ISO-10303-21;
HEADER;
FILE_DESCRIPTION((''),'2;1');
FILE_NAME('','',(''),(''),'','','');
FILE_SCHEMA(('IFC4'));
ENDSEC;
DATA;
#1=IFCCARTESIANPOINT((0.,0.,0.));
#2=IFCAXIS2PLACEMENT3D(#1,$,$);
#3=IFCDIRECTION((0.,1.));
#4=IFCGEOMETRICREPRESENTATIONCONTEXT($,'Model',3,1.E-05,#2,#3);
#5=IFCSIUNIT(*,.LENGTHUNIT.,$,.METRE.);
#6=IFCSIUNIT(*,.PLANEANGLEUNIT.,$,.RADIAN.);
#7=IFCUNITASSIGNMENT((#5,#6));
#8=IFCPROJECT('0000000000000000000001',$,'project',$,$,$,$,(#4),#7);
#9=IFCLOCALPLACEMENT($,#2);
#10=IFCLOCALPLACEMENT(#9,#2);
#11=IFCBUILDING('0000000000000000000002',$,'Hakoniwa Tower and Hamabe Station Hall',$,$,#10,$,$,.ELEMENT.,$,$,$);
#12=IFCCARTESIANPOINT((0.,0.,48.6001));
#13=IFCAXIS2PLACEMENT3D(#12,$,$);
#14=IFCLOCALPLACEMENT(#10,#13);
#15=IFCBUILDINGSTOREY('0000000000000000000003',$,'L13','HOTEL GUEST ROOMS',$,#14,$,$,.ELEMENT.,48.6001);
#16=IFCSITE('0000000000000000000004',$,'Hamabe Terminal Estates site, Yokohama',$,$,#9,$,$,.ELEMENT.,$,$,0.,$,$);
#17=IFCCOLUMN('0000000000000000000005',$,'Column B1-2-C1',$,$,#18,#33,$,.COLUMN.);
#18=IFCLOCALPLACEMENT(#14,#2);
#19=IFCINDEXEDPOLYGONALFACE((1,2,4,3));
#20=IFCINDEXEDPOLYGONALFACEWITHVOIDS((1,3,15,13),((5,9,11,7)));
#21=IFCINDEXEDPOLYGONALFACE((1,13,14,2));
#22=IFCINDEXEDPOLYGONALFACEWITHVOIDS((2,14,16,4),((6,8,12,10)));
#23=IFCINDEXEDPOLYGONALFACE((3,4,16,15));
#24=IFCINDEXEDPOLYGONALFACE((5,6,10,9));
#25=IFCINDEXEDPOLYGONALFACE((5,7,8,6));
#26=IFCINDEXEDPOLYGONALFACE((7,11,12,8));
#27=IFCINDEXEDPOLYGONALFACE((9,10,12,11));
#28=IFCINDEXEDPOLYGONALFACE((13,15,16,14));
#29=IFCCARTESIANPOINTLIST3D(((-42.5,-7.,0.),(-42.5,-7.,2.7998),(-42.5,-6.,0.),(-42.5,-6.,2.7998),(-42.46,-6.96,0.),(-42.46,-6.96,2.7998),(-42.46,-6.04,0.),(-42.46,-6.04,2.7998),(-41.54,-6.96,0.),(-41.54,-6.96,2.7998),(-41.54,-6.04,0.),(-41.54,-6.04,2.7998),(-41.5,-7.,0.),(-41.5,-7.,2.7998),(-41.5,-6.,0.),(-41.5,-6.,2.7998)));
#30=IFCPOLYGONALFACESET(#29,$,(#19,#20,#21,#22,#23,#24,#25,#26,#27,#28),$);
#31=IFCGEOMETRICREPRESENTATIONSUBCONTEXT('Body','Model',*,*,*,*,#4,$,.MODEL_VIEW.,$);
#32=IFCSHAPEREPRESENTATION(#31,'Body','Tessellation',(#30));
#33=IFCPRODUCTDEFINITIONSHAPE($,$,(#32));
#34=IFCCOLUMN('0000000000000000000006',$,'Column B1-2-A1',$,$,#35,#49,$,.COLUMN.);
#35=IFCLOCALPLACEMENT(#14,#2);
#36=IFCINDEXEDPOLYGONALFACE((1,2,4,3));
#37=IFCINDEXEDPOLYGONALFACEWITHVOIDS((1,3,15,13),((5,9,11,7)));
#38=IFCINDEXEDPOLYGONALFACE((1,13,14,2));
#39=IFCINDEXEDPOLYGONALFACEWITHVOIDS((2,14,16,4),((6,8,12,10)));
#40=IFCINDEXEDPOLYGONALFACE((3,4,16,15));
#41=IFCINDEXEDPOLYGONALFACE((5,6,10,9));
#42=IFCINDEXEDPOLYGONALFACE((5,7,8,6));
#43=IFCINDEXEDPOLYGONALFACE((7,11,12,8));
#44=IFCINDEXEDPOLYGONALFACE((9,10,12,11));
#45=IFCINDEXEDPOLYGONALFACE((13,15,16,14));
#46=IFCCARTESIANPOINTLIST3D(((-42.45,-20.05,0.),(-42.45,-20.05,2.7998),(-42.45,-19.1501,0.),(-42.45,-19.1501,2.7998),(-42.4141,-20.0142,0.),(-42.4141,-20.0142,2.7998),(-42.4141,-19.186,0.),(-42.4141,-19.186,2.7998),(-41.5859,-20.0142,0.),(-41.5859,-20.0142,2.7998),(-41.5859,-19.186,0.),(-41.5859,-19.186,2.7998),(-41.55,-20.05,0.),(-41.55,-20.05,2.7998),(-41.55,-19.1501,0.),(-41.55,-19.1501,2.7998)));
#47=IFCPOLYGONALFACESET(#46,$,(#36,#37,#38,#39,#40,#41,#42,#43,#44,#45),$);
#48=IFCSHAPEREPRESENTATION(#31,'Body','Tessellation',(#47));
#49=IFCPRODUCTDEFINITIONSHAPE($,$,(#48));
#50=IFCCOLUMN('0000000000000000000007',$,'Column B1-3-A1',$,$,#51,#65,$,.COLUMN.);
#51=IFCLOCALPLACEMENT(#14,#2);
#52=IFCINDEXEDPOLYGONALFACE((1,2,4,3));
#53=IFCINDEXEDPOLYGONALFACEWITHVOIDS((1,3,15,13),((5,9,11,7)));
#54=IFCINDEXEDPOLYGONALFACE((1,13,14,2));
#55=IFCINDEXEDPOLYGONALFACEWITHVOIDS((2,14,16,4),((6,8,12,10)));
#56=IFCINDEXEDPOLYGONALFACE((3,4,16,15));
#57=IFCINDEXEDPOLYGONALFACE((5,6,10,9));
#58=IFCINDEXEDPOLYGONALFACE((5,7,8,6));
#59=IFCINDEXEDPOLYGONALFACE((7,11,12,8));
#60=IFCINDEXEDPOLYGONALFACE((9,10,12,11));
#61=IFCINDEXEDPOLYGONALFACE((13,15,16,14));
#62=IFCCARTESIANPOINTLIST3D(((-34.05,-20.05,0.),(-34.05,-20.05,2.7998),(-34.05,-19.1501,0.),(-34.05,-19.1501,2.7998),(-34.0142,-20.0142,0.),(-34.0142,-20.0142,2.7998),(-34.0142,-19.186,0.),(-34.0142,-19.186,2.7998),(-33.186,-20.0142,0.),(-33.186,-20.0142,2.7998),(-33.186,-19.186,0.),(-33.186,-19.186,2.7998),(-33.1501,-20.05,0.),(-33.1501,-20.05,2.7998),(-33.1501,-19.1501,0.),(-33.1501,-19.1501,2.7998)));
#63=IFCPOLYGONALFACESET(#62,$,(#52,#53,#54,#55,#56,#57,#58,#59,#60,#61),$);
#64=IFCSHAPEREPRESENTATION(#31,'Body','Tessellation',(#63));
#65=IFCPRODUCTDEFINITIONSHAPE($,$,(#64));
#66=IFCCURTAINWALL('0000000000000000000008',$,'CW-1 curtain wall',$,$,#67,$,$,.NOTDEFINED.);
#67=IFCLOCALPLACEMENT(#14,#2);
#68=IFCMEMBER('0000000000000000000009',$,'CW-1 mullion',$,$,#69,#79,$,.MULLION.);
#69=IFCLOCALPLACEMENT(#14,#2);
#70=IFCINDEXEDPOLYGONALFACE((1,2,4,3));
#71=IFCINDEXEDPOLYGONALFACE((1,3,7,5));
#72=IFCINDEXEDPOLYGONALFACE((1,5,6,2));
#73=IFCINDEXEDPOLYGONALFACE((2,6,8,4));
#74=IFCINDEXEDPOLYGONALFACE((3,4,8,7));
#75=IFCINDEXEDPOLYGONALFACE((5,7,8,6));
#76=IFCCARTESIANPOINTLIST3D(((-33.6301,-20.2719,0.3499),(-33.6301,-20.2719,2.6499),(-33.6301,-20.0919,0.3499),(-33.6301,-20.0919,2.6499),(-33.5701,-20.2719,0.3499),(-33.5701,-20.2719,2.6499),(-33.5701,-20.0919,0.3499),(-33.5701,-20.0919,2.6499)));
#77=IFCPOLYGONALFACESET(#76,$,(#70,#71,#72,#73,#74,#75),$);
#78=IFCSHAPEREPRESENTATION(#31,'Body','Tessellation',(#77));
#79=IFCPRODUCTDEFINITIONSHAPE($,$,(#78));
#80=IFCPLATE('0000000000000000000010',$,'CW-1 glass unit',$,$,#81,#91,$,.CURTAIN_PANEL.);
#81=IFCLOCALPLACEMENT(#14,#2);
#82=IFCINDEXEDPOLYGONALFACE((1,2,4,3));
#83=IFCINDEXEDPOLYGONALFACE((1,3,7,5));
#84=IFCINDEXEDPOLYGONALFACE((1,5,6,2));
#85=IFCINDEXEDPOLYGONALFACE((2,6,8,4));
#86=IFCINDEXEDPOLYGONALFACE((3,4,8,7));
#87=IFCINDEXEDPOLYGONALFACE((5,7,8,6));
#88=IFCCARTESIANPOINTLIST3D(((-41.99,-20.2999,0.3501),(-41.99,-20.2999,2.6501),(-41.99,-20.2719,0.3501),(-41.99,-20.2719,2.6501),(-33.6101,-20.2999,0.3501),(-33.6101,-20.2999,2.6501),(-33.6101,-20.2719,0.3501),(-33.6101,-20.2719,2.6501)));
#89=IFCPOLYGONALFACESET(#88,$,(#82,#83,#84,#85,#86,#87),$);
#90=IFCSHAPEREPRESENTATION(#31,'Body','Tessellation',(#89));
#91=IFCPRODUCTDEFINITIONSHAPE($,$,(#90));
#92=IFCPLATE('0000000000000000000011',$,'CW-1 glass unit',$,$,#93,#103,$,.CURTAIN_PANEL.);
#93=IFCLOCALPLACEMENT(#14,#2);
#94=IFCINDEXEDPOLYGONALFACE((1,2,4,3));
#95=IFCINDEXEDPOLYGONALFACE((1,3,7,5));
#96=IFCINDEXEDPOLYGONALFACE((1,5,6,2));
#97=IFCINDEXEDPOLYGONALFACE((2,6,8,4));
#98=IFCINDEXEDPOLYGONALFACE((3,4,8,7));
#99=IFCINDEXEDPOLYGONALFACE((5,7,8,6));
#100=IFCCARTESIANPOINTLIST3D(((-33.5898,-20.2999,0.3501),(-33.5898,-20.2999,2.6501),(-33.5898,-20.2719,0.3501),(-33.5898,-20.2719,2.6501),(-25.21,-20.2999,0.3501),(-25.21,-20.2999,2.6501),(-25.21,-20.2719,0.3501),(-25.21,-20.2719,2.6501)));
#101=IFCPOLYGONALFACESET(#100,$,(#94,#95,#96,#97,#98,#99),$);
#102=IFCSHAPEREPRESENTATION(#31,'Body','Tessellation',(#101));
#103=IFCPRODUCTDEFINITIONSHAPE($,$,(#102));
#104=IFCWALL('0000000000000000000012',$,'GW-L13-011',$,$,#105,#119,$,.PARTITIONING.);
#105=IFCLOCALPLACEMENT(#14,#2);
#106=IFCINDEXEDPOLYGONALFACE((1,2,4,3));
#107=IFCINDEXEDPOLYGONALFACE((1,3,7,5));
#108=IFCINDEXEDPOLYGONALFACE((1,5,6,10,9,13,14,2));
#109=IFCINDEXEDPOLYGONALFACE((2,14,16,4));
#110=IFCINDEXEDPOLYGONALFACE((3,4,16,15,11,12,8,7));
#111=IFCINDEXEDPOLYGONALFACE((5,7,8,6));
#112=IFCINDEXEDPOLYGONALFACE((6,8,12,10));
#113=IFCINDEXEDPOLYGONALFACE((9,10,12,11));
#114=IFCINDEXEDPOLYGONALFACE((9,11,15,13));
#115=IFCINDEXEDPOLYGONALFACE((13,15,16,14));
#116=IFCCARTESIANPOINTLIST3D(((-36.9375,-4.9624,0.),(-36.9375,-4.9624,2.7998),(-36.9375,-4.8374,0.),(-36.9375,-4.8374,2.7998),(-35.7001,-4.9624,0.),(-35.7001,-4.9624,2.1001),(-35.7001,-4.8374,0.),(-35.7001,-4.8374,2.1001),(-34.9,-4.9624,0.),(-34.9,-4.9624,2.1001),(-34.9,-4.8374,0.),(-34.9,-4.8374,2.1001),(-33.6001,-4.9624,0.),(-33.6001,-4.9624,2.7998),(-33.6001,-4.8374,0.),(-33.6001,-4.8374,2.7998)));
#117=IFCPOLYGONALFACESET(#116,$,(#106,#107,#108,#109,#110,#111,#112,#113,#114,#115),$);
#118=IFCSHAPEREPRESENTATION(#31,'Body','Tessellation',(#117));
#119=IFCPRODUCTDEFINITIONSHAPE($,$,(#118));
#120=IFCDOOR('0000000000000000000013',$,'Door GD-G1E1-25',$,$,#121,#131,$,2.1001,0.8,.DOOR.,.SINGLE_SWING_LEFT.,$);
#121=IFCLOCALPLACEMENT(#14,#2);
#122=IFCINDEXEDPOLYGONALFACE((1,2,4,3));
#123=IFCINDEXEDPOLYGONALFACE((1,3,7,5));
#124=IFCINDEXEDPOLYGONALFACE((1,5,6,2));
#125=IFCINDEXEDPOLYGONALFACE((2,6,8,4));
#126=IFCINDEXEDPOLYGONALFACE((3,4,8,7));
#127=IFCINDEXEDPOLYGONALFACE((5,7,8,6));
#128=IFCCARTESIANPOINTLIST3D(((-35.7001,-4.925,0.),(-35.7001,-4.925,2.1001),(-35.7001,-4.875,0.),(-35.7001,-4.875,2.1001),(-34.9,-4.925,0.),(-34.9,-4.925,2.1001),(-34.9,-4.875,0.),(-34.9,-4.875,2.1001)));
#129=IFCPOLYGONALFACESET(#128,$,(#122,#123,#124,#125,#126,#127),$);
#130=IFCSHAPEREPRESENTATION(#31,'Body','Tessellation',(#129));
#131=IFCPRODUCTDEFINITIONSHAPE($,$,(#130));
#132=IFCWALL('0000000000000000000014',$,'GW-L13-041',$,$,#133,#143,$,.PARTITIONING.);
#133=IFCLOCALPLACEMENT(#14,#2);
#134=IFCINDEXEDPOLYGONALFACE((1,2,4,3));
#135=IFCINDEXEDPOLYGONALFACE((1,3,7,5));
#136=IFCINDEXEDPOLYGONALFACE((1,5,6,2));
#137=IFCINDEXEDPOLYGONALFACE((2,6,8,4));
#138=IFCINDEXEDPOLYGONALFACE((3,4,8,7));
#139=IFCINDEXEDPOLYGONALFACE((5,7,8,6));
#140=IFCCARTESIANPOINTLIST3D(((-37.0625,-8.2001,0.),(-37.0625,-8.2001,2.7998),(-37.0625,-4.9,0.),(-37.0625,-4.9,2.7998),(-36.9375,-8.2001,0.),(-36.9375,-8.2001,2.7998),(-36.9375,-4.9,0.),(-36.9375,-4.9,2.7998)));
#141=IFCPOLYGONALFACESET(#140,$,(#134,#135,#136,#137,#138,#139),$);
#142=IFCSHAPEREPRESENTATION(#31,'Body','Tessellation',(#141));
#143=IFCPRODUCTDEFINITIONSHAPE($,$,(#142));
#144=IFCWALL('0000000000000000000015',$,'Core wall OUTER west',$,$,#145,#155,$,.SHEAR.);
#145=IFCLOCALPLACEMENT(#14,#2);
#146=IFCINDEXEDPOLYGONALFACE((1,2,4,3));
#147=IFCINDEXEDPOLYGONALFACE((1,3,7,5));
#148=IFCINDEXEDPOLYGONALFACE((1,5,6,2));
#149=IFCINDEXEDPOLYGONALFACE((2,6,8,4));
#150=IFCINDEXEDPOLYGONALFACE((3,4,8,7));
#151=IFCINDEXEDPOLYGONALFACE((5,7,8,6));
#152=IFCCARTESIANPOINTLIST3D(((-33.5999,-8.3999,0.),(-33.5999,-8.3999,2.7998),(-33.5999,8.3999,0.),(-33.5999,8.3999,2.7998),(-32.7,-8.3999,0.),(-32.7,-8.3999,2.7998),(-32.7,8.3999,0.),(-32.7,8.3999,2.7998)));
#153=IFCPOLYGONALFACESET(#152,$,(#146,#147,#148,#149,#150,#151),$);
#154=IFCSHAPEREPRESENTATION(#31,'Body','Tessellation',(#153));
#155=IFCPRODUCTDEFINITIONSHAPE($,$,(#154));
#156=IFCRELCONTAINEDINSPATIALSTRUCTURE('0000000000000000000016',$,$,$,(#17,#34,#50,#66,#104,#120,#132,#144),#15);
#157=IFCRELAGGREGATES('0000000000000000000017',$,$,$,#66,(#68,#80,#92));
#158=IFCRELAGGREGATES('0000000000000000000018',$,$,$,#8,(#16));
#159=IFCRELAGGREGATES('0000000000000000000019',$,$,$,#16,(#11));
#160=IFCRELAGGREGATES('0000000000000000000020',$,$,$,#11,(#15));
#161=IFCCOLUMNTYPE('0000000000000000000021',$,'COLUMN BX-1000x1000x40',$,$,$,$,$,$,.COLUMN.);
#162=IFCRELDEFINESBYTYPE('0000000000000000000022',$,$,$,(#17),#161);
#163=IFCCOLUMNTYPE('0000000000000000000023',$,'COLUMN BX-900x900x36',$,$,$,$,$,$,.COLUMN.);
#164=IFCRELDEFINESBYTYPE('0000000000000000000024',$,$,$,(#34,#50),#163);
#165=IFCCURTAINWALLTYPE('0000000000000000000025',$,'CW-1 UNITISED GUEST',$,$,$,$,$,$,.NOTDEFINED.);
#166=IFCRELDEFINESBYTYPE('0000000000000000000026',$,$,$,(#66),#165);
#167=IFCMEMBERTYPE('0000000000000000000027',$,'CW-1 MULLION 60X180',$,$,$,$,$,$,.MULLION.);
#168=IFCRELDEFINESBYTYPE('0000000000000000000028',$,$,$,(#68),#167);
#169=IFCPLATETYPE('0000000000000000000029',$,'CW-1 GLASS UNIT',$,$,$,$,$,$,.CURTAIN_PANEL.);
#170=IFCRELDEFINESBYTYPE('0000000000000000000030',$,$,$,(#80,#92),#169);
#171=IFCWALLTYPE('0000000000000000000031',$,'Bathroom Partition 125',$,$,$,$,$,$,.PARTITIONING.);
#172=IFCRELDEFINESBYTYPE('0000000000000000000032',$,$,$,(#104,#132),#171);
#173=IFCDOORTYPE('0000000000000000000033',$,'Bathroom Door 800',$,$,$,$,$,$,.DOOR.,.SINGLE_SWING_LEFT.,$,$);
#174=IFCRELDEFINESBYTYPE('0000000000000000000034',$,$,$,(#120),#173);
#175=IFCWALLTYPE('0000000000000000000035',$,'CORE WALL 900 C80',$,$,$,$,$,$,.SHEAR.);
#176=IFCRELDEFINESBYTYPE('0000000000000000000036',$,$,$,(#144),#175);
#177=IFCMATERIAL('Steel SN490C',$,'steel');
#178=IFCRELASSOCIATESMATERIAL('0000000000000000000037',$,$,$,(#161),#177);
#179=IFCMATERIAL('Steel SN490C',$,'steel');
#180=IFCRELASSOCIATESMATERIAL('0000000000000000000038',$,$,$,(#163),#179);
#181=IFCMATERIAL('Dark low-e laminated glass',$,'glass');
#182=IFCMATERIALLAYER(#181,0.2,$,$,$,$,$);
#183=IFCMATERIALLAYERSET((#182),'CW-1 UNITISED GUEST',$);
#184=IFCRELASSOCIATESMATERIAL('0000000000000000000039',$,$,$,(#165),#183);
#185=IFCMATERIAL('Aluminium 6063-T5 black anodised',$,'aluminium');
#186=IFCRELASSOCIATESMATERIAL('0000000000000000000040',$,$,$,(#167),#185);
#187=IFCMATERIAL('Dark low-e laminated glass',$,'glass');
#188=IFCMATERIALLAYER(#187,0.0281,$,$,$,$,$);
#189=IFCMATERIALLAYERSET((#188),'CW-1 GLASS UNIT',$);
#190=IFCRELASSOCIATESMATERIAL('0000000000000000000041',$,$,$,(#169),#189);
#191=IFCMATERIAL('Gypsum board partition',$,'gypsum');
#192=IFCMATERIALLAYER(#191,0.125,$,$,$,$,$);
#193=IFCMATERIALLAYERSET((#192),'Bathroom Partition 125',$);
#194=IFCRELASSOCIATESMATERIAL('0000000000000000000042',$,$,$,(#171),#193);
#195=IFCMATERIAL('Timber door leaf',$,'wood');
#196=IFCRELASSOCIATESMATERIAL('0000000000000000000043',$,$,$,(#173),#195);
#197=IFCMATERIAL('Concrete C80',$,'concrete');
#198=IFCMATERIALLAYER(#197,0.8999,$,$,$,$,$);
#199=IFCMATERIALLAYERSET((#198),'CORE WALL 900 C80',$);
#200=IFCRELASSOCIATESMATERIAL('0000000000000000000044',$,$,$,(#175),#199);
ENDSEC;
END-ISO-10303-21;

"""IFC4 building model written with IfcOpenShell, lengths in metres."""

from ifc_helpers import new_model, si_unit, direction, frame, frame_2d, origin, origin_2d, place, context, subcontext, project, spatial, rectangle, hollow_rectangle, extrude, material, layer, layer_set, material_profile, profile_set, type_object, element, fill, aggregate, save


model = new_model("IFC4")

# Units and contexts
model_context = context("Model", 3, precision=1e-05, world=origin(), true_north=direction((0.0, 1.0)))
body_context = subcontext(model_context, "Body", "Model", "MODEL_VIEW")
ifc_project = project(units=[si_unit("LENGTHUNIT", "METRE"), si_unit("PLANEANGLEUNIT", "RADIAN")], contexts=[model_context])

# Site, building, storey
site_placement = place(None, origin())
site = spatial("IfcSite", under=ifc_project, at=site_placement, Name="Hamabe Terminal Estates site, Yokohama", CompositionType="ELEMENT", RefElevation=0.0)
building_placement = place(site_placement, origin())
building = spatial("IfcBuilding", under=site, at=building_placement, Name="Hakoniwa Tower and Hamabe Station Hall", CompositionType="ELEMENT")
storey_placement = place(building_placement, frame((0.0, 0.0, 48.6001)))
storey = spatial("IfcBuildingStorey", under=building, at=storey_placement, Name="L13", Description="HOTEL GUEST ROOMS", CompositionType="ELEMENT", Elevation=48.6001)

# Columns
ifc_material_1 = material(Name="Steel SN490C", Category="steel")
ifc_material_profile_1 = material_profile(ifc_material_1, hollow_rectangle(XDim=1.0, YDim=1.0, WallThickness=0.04, at=origin_2d()), Name="BX-1000x1000x40")
ifc_profile_set_1 = profile_set([ifc_material_profile_1], Name="Steel SN490C")
column_type_1 = type_object("IfcColumnType", Name="COLUMN BX-1000x1000x40", PredefinedType="COLUMN", material=ifc_profile_set_1)
column_placement = place(storey_placement, frame((-42.0, -6.5, 0.0), z_axis=(0.0, 0.0, 1.0), x_axis=(1.0, 0.0, 0.0)))
element("IfcColumn", 1, at=column_placement, inside=storey, type_object=column_type_1, Name="Column B1-2-C1", PredefinedType="COLUMN", context=body_context, shape_type="SweptSolid", body=[
    extrude(hollow_rectangle(XDim=1.0, YDim=1.0, WallThickness=0.04, at=origin_2d()), origin(), (0.0, 0.0, 1.0), 2.7998),
])
ifc_material_2 = material(Name="Steel SN490C", Category="steel")
ifc_material_profile_2 = material_profile(ifc_material_2, hollow_rectangle(XDim=0.8999, YDim=0.8999, WallThickness=0.0359, at=origin_2d()), Name="BX-900x900x36")
ifc_profile_set_2 = profile_set([ifc_material_profile_2], Name="Steel SN490C")
column_type_2 = type_object("IfcColumnType", Name="COLUMN BX-900x900x36", PredefinedType="COLUMN", material=ifc_profile_set_2)
for number, where, z_axis, x_axis, name in (
    (2, (-42.0, -19.6001, 0.0), (0.0, 0.0, 1.0), (1.0, 0.0, 0.0), "Column B1-2-A1"),
    (3, (-33.6001, -19.6001, 0.0), (0.0, 0.0, 1.0), (1.0, 0.0, 0.0), "Column B1-3-A1"),
):
    element("IfcColumn", number, at=place(storey_placement, frame(where, z_axis=z_axis, x_axis=x_axis)), inside=storey, type_object=column_type_2, Name=name, PredefinedType="COLUMN", context=body_context, shape_type="SweptSolid", body=[
        extrude(hollow_rectangle(XDim=0.8999, YDim=0.8999, WallThickness=0.0359, at=origin_2d()), origin(), (0.0, 0.0, 1.0), 2.7998),
    ])

# Curtain wall, member, plates
ifc_material_3 = material(Name="Dark low-e laminated glass", Category="glass")
ifc_layer_1 = layer(ifc_material_3, 0.2)
ifc_layer_set_1 = layer_set([ifc_layer_1], Name="CW-1 UNITISED GUEST")
curtain_wall_type = type_object("IfcCurtainWallType", Name="CW-1 UNITISED GUEST", PredefinedType="NOTDEFINED", material=ifc_layer_set_1)
curtain_wall_placement = place(storey_placement, origin())
curtain_wall = element("IfcCurtainWall", 4, at=curtain_wall_placement, inside=storey, type_object=curtain_wall_type, Name="CW-1 curtain wall", PredefinedType="NOTDEFINED")
ifc_material_4 = material(Name="Aluminium 6063-T5 black anodised", Category="aluminium")
ifc_material_profile_3 = material_profile(ifc_material_4, rectangle(XDim=0.0601, YDim=0.1799, at=origin_2d()), Name="CW-1 MULLION 60X180")
ifc_profile_set_3 = profile_set([ifc_material_profile_3], Name="Aluminium 6063-T5 black anodised")
member_type = type_object("IfcMemberType", Name="CW-1 MULLION 60X180", PredefinedType="MULLION", material=ifc_profile_set_3)
member_placement = place(storey_placement, frame((-33.6001, -20.1819, 0.3499), z_axis=(0.0, 0.0, 1.0), x_axis=(1.0, 0.0, 0.0)))
member = element("IfcMember", 5, at=member_placement, type_object=member_type, Name="CW-1 mullion", PredefinedType="MULLION", context=body_context, shape_type="SweptSolid", body=[
    extrude(rectangle(XDim=0.0601, YDim=0.1799, at=origin_2d()), origin(), (0.0, 0.0, 1.0), 2.3),
])
ifc_material_5 = material(Name="Dark low-e laminated glass", Category="glass")
ifc_layer_2 = layer(ifc_material_5, 0.0281)
ifc_layer_set_2 = layer_set([ifc_layer_2], Name="CW-1 GLASS UNIT")
plate_type = type_object("IfcPlateType", Name="CW-1 GLASS UNIT", PredefinedType="CURTAIN_PANEL", material=ifc_layer_set_2)
plate_1_placement = place(storey_placement, frame((-37.8, -20.2859, 0.3501), z_axis=(0.0, 0.0, 1.0), x_axis=(1.0, 0.0, 0.0)))
plate_1 = element("IfcPlate", 6, at=plate_1_placement, type_object=plate_type, Name="CW-1 glass unit", PredefinedType="CURTAIN_PANEL", context=body_context, shape_type="SweptSolid", body=[
    extrude(rectangle(XDim=8.3799, YDim=0.0281, at=origin_2d()), origin(), (0.0, 0.0, 1.0), 2.3),
])
plate_2_placement = place(storey_placement, frame((-29.3999, -20.2859, 0.3501), z_axis=(0.0, 0.0, 1.0), x_axis=(1.0, 0.0, 0.0)))
plate_2 = element("IfcPlate", 7, at=plate_2_placement, type_object=plate_type, Name="CW-1 glass unit", PredefinedType="CURTAIN_PANEL", context=body_context, shape_type="SweptSolid", body=[
    extrude(rectangle(XDim=8.3799, YDim=0.0281, at=origin_2d()), origin(), (0.0, 0.0, 1.0), 2.3),
])
aggregate(curtain_wall, [member, plate_1, plate_2])

# Wall, opening, door
ifc_material_6 = material(Name="Gypsum board partition", Category="gypsum")
ifc_layer_3 = layer(ifc_material_6, 0.125)
ifc_layer_set_3 = layer_set([ifc_layer_3], Name="Bathroom Partition 125")
wall_type_1 = type_object("IfcWallType", Name="Bathroom Partition 125", PredefinedType="PARTITIONING", material=ifc_layer_set_3)
wall_1_placement = place(storey_placement, frame((-36.9375, -4.8999, 0.0), z_axis=(0.0, 0.0, 1.0), x_axis=(1.0, 0.0, 0.0)))
wall_1 = element("IfcWall", 8, at=wall_1_placement, inside=storey, type_object=wall_type_1, Name="GW-L13-011", PredefinedType="PARTITIONING", context=body_context, shape_type="SweptSolid", body=[
    extrude(rectangle(XDim=3.3374, YDim=0.125, at=frame_2d((1.6687, 0.0))), origin(), (0.0, 0.0, 1.0), 2.7998),
])
opening_1_placement = place(wall_1_placement, frame((1.2375, 0.0, 0.0)))
opening_1 = element("IfcOpeningElement", 9, at=opening_1_placement, cuts=wall_1, PredefinedType="OPENING", context=body_context, shape_type="SweptSolid", body=[
    extrude(rectangle(XDim=0.8, YDim=2.1001, at=frame_2d((0.3999, 1.05))), frame((0.0, 0.0725, 0.0), z_axis=(0.0, -1.0, 0.0), x_axis=(1.0, 0.0, 0.0)), (0.0, 0.0, 1.0), 0.145),
])
ifc_material_7 = material(Name="Timber door leaf", Category="wood")
door_type_1 = type_object("IfcDoorType", Name="Bathroom Door 800", OperationType="SINGLE_SWING_LEFT", PredefinedType="DOOR", material=ifc_material_7)
door_1_placement = place(opening_1_placement, origin())
door_1 = element("IfcDoor", 10, at=door_1_placement, inside=storey, type_object=door_type_1, Name="Door GD-G1E1-25", OperationType="SINGLE_SWING_LEFT", OverallHeight=2.1001, OverallWidth=0.8, PredefinedType="DOOR", context=body_context, shape_type="SweptSolid", body=[
    extrude(rectangle(XDim=0.8, YDim=2.1001, at=frame_2d((0.3999, 1.05))), frame((0.0, 0.0249, 0.0), z_axis=(0.0, -1.0, 0.0), x_axis=(1.0, 0.0, 0.0)), (0.0, 0.0, 1.0), 0.05),
])
fill(opening_1, door_1)

# Walls
wall_2_placement = place(storey_placement, frame((-37.0, -8.2, 0.0), z_axis=(0.0, 0.0, 1.0), x_axis=(0.0, 1.0, 0.0)))
element("IfcWall", 11, at=wall_2_placement, inside=storey, type_object=wall_type_1, Name="GW-L13-041", PredefinedType="PARTITIONING", context=body_context, shape_type="SweptSolid", body=[
    extrude(rectangle(XDim=3.3, YDim=0.125, at=frame_2d((1.6499, 0.0))), origin(), (0.0, 0.0, 1.0), 2.7998),
])
ifc_material_8 = material(Name="Concrete C80", Category="concrete")
ifc_layer_4 = layer(ifc_material_8, 0.8999)
ifc_layer_set_4 = layer_set([ifc_layer_4], Name="CORE WALL 900 C80")
wall_type_2 = type_object("IfcWallType", Name="CORE WALL 900 C80", PredefinedType="SHEAR", material=ifc_layer_set_4)
wall_3_placement = place(storey_placement, frame((-33.1499, -8.3999, 0.0), z_axis=(0.0, 0.0, 1.0), x_axis=(0.0, 1.0, 0.0)))
element("IfcWall", 12, at=wall_3_placement, inside=storey, type_object=wall_type_2, Name="Core wall OUTER west", PredefinedType="SHEAR", context=body_context, shape_type="SweptSolid", body=[
    extrude(rectangle(XDim=16.7998, YDim=0.8999, at=frame_2d((8.3999, 0.0))), origin(), (0.0, 0.0, 1.0), 2.7998),
])

save(model, "model.ifc")
